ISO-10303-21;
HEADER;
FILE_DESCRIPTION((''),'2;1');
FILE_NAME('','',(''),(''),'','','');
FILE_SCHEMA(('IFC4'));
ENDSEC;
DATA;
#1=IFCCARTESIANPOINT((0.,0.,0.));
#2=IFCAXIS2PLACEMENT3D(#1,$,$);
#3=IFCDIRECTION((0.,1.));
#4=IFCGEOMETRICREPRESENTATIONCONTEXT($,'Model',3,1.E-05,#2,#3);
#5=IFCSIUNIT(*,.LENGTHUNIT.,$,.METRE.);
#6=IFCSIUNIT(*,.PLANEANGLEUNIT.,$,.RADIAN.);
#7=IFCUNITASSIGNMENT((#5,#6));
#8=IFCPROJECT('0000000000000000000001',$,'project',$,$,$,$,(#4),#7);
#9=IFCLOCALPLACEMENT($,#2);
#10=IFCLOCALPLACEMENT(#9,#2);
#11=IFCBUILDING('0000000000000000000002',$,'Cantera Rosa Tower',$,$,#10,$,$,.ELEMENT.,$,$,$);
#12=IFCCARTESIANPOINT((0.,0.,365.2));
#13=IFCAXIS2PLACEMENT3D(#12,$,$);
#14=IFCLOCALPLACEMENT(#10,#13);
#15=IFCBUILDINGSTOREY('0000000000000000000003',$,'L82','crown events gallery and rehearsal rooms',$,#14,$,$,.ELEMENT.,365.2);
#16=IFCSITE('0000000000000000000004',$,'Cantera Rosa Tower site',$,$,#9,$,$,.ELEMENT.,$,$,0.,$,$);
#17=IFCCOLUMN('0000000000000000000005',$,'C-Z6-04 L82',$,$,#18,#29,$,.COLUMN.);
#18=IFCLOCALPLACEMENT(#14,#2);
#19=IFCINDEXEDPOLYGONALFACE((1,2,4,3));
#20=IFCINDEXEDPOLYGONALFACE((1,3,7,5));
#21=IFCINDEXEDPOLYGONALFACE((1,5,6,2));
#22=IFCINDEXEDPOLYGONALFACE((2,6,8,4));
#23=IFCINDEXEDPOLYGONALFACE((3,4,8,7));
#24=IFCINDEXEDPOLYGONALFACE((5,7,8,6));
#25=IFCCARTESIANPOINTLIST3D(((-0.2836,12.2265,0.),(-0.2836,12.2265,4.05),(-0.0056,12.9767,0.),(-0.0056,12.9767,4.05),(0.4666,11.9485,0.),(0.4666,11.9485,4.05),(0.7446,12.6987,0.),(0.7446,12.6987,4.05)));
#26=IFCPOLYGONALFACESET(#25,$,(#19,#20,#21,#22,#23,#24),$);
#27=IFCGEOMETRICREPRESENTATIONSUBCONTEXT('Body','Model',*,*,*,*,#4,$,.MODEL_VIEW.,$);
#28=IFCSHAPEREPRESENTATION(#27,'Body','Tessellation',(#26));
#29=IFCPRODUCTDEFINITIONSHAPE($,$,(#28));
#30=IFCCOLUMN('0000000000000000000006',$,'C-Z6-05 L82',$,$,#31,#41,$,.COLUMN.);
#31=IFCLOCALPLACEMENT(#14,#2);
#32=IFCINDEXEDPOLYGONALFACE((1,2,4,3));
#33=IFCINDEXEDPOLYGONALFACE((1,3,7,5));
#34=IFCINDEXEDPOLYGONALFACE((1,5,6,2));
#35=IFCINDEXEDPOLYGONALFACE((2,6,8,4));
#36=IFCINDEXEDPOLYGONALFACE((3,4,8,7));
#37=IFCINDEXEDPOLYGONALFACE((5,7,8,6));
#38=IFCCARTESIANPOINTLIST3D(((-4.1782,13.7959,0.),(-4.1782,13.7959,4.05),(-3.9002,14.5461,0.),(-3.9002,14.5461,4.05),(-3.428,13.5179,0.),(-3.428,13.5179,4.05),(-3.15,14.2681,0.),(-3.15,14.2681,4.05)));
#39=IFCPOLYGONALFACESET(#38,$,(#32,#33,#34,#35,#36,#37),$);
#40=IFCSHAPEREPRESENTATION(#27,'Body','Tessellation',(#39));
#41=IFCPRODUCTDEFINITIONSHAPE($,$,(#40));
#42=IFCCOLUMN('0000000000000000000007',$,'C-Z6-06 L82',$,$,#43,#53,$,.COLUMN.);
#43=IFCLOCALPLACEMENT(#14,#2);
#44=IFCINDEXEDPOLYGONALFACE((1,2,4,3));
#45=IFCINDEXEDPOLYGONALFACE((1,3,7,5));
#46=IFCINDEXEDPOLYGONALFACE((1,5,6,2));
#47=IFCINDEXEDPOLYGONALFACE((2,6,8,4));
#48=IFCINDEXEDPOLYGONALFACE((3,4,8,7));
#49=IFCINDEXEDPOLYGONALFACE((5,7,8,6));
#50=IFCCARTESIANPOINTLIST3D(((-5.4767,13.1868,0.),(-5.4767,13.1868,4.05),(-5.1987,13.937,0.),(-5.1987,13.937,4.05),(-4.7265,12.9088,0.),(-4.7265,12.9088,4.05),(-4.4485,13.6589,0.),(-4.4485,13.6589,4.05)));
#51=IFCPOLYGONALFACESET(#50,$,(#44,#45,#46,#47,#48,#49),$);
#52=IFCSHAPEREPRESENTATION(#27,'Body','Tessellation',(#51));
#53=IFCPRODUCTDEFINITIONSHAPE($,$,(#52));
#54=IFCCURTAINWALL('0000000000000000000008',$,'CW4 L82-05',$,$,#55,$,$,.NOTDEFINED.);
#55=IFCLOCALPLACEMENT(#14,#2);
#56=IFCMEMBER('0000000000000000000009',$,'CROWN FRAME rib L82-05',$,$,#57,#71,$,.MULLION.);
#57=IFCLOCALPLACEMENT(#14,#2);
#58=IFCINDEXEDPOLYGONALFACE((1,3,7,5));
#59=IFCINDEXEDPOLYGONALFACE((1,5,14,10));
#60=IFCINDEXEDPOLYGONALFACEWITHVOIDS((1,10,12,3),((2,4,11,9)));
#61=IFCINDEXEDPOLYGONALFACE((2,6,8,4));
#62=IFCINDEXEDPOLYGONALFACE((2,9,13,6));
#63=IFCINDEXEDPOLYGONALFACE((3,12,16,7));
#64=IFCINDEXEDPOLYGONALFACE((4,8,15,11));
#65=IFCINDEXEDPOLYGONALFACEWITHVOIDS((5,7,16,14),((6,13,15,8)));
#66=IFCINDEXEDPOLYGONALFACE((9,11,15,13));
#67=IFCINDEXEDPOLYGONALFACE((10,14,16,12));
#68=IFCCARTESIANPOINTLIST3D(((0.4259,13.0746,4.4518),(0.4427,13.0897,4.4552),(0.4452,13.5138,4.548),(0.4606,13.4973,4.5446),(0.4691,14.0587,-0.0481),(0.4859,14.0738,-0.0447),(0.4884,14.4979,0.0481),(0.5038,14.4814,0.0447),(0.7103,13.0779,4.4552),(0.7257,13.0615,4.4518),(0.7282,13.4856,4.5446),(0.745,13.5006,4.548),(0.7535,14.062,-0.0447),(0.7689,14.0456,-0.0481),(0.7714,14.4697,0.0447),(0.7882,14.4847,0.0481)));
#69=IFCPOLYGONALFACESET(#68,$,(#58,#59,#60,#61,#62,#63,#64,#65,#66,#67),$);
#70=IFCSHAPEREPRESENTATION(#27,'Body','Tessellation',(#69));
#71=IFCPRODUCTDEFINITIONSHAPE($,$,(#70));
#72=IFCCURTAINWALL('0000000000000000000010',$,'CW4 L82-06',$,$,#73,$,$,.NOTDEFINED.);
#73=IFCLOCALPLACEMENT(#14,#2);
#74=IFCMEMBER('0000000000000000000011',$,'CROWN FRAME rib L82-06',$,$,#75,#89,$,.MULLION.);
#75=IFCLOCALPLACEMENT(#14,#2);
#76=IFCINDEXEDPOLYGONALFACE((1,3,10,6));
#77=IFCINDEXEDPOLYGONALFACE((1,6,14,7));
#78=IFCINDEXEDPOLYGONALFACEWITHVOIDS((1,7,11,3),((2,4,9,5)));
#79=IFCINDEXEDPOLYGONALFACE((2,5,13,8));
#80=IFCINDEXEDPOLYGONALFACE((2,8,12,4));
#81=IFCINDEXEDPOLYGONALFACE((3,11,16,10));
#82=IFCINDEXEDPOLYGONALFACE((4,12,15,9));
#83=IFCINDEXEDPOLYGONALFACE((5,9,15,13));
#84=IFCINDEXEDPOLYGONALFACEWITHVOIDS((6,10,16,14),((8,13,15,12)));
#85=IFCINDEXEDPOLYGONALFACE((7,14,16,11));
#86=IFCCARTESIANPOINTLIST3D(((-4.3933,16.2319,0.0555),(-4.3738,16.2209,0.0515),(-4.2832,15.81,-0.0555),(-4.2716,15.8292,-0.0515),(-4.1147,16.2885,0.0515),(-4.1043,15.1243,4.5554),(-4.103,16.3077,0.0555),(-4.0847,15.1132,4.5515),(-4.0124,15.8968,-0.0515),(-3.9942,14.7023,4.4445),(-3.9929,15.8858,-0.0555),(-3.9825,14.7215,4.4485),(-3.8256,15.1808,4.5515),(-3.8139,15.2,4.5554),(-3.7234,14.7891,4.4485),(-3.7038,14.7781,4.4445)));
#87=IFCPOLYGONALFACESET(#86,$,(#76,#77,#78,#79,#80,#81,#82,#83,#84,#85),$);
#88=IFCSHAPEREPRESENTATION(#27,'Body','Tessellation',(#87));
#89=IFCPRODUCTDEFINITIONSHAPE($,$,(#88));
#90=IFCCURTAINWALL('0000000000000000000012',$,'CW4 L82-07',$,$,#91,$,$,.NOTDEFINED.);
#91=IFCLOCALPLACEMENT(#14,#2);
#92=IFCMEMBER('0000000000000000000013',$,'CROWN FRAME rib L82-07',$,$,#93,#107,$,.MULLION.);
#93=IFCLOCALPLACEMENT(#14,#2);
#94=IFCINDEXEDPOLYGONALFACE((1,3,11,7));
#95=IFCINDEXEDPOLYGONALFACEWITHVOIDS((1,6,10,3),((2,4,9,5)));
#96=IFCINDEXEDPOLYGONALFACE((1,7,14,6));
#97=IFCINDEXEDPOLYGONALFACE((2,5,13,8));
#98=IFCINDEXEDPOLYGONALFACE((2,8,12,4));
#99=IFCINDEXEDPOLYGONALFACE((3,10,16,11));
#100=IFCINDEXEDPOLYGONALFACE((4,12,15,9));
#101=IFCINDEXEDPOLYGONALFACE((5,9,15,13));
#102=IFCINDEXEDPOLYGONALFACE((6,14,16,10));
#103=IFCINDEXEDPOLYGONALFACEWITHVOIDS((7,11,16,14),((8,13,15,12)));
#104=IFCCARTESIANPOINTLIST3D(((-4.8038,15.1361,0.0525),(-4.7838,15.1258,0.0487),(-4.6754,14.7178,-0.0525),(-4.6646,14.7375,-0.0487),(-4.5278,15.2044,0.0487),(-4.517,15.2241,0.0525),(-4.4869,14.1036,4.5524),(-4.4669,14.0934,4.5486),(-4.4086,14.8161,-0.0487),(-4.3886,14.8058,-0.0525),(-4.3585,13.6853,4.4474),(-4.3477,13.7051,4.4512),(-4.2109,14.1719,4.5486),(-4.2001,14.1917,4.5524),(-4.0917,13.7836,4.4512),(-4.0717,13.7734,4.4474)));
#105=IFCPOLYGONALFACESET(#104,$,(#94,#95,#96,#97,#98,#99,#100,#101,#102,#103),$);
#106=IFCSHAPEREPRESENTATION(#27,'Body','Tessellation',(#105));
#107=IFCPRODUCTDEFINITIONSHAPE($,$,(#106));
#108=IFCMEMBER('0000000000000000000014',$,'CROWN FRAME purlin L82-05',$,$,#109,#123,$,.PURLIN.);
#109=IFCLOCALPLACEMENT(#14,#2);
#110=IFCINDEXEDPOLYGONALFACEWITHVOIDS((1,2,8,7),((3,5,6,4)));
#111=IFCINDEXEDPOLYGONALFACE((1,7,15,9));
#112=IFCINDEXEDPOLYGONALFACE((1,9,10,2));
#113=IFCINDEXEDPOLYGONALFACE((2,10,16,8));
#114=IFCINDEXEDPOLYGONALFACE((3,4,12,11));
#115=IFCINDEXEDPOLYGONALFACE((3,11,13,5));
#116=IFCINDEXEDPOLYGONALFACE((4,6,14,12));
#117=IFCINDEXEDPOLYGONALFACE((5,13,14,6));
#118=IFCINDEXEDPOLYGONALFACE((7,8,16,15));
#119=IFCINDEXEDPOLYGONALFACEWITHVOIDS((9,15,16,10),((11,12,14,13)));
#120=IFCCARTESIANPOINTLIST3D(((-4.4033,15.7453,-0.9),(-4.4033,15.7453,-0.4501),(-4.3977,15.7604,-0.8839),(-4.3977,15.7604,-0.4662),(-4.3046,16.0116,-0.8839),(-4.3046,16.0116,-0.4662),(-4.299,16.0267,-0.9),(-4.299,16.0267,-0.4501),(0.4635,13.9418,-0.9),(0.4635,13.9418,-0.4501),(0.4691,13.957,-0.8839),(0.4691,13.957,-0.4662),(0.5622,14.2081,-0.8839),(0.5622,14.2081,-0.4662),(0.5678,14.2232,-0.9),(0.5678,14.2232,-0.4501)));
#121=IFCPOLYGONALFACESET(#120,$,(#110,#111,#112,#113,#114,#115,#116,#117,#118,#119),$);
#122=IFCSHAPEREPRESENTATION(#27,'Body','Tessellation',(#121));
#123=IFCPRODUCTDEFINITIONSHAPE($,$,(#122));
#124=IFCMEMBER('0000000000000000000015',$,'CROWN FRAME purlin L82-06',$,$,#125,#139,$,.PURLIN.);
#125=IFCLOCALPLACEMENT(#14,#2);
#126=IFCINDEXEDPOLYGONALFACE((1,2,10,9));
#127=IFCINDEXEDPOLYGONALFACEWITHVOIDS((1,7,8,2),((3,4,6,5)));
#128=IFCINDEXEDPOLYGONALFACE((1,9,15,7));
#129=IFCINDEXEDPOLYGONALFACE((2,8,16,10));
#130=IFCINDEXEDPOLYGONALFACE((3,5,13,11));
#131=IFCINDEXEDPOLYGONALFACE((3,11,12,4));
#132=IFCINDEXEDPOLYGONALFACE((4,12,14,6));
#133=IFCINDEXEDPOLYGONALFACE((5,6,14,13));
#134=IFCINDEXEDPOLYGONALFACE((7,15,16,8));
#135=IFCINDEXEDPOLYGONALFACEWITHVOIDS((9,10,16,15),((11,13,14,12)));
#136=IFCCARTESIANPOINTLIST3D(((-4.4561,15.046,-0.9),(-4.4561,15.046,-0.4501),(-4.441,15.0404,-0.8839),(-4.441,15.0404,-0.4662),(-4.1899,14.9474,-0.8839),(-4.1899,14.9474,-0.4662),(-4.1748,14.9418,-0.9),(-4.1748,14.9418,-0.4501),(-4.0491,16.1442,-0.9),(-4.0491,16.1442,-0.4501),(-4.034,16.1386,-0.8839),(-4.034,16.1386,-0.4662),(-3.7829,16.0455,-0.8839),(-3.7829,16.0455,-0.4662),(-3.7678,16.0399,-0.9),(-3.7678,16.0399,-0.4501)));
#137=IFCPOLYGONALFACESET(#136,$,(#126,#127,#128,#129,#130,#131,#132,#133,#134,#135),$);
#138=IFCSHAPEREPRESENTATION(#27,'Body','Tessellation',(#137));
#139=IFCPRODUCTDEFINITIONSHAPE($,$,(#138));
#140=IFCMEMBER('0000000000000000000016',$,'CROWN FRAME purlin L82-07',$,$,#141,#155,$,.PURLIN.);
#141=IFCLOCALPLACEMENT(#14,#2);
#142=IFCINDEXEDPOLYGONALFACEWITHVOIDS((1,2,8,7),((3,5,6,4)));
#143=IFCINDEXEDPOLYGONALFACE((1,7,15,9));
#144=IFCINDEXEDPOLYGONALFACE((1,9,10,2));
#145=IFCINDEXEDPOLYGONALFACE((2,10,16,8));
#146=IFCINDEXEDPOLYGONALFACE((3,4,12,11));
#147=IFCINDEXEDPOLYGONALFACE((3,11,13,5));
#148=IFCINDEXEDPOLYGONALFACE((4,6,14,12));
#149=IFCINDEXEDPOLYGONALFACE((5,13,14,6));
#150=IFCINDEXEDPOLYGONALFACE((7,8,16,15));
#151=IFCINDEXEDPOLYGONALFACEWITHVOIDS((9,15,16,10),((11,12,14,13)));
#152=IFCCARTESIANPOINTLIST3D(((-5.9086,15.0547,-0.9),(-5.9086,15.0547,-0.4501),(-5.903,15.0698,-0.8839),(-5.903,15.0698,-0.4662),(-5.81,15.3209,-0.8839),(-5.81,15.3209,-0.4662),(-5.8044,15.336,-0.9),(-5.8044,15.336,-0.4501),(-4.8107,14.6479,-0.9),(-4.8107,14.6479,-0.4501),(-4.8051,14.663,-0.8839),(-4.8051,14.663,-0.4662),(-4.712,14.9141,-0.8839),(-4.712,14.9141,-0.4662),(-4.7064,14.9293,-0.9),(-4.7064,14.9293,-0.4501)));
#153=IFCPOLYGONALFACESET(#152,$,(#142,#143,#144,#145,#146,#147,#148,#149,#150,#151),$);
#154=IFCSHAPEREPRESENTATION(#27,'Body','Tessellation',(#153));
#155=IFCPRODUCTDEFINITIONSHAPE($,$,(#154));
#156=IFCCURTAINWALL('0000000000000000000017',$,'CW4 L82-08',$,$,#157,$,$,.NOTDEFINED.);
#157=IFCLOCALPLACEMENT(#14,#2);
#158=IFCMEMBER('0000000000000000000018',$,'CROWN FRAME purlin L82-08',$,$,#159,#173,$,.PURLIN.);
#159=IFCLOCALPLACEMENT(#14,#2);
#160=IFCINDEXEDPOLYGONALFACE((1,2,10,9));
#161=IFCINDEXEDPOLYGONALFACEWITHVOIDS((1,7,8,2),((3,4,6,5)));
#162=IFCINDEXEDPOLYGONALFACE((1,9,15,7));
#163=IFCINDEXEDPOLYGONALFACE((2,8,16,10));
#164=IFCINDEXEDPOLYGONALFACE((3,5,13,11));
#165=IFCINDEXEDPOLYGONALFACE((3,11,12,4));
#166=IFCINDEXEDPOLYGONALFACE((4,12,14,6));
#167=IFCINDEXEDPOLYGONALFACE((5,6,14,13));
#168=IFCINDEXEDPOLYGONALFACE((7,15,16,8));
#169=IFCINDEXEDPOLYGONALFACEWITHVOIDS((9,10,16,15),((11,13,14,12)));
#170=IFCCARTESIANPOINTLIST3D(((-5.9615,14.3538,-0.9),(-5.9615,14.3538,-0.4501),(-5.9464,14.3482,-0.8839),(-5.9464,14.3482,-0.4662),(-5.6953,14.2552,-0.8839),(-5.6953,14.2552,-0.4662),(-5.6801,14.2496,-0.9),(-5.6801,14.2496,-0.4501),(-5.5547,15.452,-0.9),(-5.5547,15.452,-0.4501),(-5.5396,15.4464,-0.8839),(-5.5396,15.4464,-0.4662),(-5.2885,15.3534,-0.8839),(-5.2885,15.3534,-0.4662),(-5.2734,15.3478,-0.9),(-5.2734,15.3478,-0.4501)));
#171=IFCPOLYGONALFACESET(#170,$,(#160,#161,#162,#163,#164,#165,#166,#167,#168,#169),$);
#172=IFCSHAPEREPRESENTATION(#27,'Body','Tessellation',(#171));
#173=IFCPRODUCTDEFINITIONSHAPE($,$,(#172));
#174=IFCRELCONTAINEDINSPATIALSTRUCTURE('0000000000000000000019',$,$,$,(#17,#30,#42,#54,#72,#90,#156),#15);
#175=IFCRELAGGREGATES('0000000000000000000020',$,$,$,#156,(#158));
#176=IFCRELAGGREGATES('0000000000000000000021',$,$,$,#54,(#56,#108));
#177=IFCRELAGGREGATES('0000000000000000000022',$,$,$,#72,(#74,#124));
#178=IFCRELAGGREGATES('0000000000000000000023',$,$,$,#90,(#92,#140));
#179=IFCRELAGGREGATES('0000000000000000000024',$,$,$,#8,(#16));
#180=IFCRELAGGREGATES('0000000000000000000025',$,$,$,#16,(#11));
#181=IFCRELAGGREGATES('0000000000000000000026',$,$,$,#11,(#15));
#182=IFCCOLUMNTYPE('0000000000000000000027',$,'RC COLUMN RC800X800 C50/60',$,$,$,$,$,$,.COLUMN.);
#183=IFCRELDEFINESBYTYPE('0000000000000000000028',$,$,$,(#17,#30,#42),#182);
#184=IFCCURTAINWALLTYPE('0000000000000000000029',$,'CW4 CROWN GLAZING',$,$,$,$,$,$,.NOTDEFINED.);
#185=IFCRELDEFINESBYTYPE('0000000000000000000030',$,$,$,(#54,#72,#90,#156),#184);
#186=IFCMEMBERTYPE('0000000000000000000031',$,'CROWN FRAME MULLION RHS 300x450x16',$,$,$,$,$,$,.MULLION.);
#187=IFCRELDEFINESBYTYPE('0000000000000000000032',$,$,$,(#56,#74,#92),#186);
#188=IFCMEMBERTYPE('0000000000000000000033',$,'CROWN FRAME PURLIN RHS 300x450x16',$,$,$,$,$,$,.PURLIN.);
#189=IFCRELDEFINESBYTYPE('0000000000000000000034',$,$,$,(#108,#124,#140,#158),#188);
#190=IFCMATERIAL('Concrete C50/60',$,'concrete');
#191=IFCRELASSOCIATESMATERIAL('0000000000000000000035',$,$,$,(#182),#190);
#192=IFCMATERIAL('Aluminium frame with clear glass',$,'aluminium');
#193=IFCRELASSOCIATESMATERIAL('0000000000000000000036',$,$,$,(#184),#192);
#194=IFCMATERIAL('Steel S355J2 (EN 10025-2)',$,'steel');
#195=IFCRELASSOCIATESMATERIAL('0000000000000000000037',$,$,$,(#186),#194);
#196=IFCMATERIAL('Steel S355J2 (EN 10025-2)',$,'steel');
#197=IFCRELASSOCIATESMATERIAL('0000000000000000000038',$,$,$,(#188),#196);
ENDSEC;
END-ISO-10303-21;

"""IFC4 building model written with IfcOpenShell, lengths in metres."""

from ifc_helpers import new_model, si_unit, direction, frame, origin, origin_2d, place, context, subcontext, project, spatial, rectangle, hollow_rectangle, extrude, material, material_profile, profile_set, type_object, element, aggregate, save


model = new_model("IFC4")

# Units and contexts
model_context = context("Model", 3, precision=1e-05, world=origin(), true_north=direction((0.0, 1.0)))
body_context = subcontext(model_context, "Body", "Model", "MODEL_VIEW")
ifc_project = project(units=[si_unit("LENGTHUNIT", "METRE"), si_unit("PLANEANGLEUNIT", "RADIAN")], contexts=[model_context])

# Site, building, storey
site_placement = place(None, origin())
site = spatial("IfcSite", under=ifc_project, at=site_placement, Name="Cantera Rosa Tower site", CompositionType="ELEMENT", RefElevation=0.0)
building_placement = place(site_placement, origin())
building = spatial("IfcBuilding", under=site, at=building_placement, Name="Cantera Rosa Tower", CompositionType="ELEMENT")
storey_placement = place(building_placement, frame((0.0, 0.0, 365.2)))
storey = spatial("IfcBuildingStorey", under=building, at=storey_placement, Name="L82", Description="crown events gallery and rehearsal rooms", CompositionType="ELEMENT", Elevation=365.2)

# Columns
ifc_material_1 = material(Name="Concrete C50/60", Category="concrete")
ifc_material_profile_1 = material_profile(ifc_material_1, rectangle(XDim=0.8, YDim=0.8, at=origin_2d()), Name="RC COLUMN RC800X800 C50/60")
ifc_profile_set_1 = profile_set([ifc_material_profile_1], Name="Concrete C50/60")
column_type = type_object("IfcColumnType", Name="RC COLUMN RC800X800 C50/60", PredefinedType="COLUMN", material=ifc_profile_set_1)
for number, where, z_axis, x_axis, name in (
    (1, (0.2305, 12.4626, 0.0), (0.0, 0.0, 1.0), (0.347481, 0.937687, 0.0), "C-Z6-04 L82"),
    (2, (-3.6641, 14.032, 0.0), (0.0, 0.0, 1.0), (0.347481, 0.937687, 0.0), "C-Z6-05 L82"),
    (3, (-4.9626, 13.4229, 0.0), (0.0, 0.0, 1.0), (0.347481, 0.937687, 0.0), "C-Z6-06 L82"),
):
    element("IfcColumn", number, at=place(storey_placement, frame(where, z_axis=z_axis, x_axis=x_axis)), inside=storey, type_object=column_type, Name=name, PredefinedType="COLUMN", context=body_context, shape_type="SweptSolid", body=[
        extrude(rectangle(XDim=0.8, YDim=0.8, at=origin_2d()), origin(), (0.0, 0.0, 1.0), 4.05),
    ])

# Curtain walls, members
ifc_material_2 = material(Name="Aluminium frame with clear glass", Category="aluminium")
curtain_wall_type = type_object("IfcCurtainWallType", Name="CW4 CROWN GLAZING", PredefinedType="NOTDEFINED", material=ifc_material_2)
curtain_wall_1_placement = place(storey_placement, origin())
curtain_wall_1 = element("IfcCurtainWall", 4, at=curtain_wall_1_placement, inside=storey, type_object=curtain_wall_type, Name="CW4 L82-05", PredefinedType="NOTDEFINED")
ifc_material_3 = material(Name="Steel S355J2 (EN 10025-2)", Category="steel")
ifc_material_profile_2 = material_profile(ifc_material_3, hollow_rectangle(XDim=0.3, YDim=0.45, WallThickness=0.0161, at=origin_2d()), Name="CROWN FRAME MULLION RHS 300x450x16")
ifc_profile_set_2 = profile_set([ifc_material_profile_2], Name="Steel S355J2 (EN 10025-2)")
member_type_1 = type_object("IfcMemberType", Name="CROWN FRAME MULLION RHS 300x450x16", PredefinedType="MULLION", material=ifc_profile_set_2)
member_1_placement = place(storey_placement, frame((0.6287, 14.2717, 0.0), z_axis=(-0.009381, -0.213637, 0.976868), x_axis=(0.999037, -0.043867, 0.0)))
member_1 = element("IfcMember", 5, at=member_1_placement, type_object=member_type_1, Name="CROWN FRAME rib L82-05", PredefinedType="MULLION", context=body_context, shape_type="SweptSolid", body=[
    extrude(hollow_rectangle(XDim=0.3, YDim=0.45, WallThickness=0.0161, at=origin_2d()), origin(), (0.0, 0.0, 1.0), 4.6064),
])
curtain_wall_2_placement = place(storey_placement, origin())
curtain_wall_2 = element("IfcCurtainWall", 6, at=curtain_wall_2_placement, inside=storey, type_object=curtain_wall_type, Name="CW4 L82-06", PredefinedType="NOTDEFINED")
member_2_placement = place(storey_placement, frame((-4.1931, 16.0588, 0.0), z_axis=(0.062253, -0.23855, 0.969133), x_axis=(0.967595, 0.252509, 0.0)))
member_2 = element("IfcMember", 7, at=member_2_placement, type_object=member_type_1, Name="CROWN FRAME rib L82-06", PredefinedType="MULLION", context=body_context, shape_type="SweptSolid", body=[
    extrude(hollow_rectangle(XDim=0.3, YDim=0.45, WallThickness=0.0161, at=origin_2d()), origin(), (0.0, 0.0, 1.0), 4.6433),
])
curtain_wall_3_placement = place(storey_placement, origin())
curtain_wall_3 = element("IfcCurtainWall", 8, at=curtain_wall_3_placement, inside=storey, type_object=curtain_wall_type, Name="CW4 L82-07", PredefinedType="NOTDEFINED")
member_3_placement = place(storey_placement, frame((-4.5962, 14.9709, 0.0), z_axis=(0.068476, -0.223102, 0.972387), x_axis=(0.955984, 0.293419, 0.0)))
member_3 = element("IfcMember", 9, at=member_3_placement, type_object=member_type_1, Name="CROWN FRAME rib L82-07", PredefinedType="MULLION", context=body_context, shape_type="SweptSolid", body=[
    extrude(hollow_rectangle(XDim=0.3, YDim=0.45, WallThickness=0.0161, at=origin_2d()), origin(), (0.0, 0.0, 1.0), 4.6277),
])

# Members
ifc_material_4 = material(Name="Steel S355J2 (EN 10025-2)", Category="steel")
ifc_material_profile_3 = material_profile(ifc_material_4, hollow_rectangle(XDim=0.3, YDim=0.45, WallThickness=0.0161, at=origin_2d()), Name="CROWN FRAME PURLIN RHS 300x450x16")
ifc_profile_set_3 = profile_set([ifc_material_profile_3], Name="Steel S355J2 (EN 10025-2)")
member_type_2 = type_object("IfcMemberType", Name="CROWN FRAME PURLIN RHS 300x450x16", PredefinedType="PURLIN", material=ifc_profile_set_3)
member_4_placement = place(storey_placement, frame((0.5156, 14.0825, -0.675), z_axis=(-0.937687, 0.347481, 0.0), x_axis=(-0.347481, -0.937687, 0.0)))
member_4 = element("IfcMember", 10, at=member_4_placement, type_object=member_type_2, Name="CROWN FRAME purlin L82-05", PredefinedType="PURLIN", context=body_context, shape_type="SweptSolid", body=[
    extrude(hollow_rectangle(XDim=0.3, YDim=0.45, WallThickness=0.0161, at=origin_2d()), origin(), (0.0, 0.0, 1.0), 5.1902),
])
member_5_placement = place(storey_placement, frame((-3.9084, 16.092, -0.675), z_axis=(-0.347511, -0.937676, 0.0), x_axis=(0.937676, -0.347511, 0.0)))
member_5 = element("IfcMember", 11, at=member_5_placement, type_object=member_type_2, Name="CROWN FRAME purlin L82-06", PredefinedType="PURLIN", context=body_context, shape_type="SweptSolid", body=[
    extrude(hollow_rectangle(XDim=0.3, YDim=0.45, WallThickness=0.0161, at=origin_2d()), origin(), (0.0, 0.0, 1.0), 1.1711),
])
member_6_placement = place(storey_placement, frame((-4.7585, 14.7886, -0.675), z_axis=(-0.937719, 0.347396, 0.0), x_axis=(-0.347396, -0.937719, 0.0)))
member_6 = element("IfcMember", 12, at=member_6_placement, type_object=member_type_2, Name="CROWN FRAME purlin L82-07", PredefinedType="PURLIN", context=body_context, shape_type="SweptSolid", body=[
    extrude(hollow_rectangle(XDim=0.3, YDim=0.45, WallThickness=0.0161, at=origin_2d()), origin(), (0.0, 0.0, 1.0), 1.1709),
])

# Curtain wall, member
curtain_wall_4_placement = place(storey_placement, origin())
curtain_wall_4 = element("IfcCurtainWall", 13, at=curtain_wall_4_placement, inside=storey, type_object=curtain_wall_type, Name="CW4 L82-08", PredefinedType="NOTDEFINED")
member_7_placement = place(storey_placement, frame((-5.4141, 15.3999, -0.675), z_axis=(-0.347328, -0.937744, 0.0), x_axis=(0.937744, -0.347328, 0.0)))
member_7 = element("IfcMember", 14, at=member_7_placement, type_object=member_type_2, Name="CROWN FRAME purlin L82-08", PredefinedType="PURLIN", context=body_context, shape_type="SweptSolid", body=[
    extrude(hollow_rectangle(XDim=0.3, YDim=0.45, WallThickness=0.0161, at=origin_2d()), origin(), (0.0, 0.0, 1.0), 1.1711),
])
aggregate(curtain_wall_4, [member_7])

aggregate(curtain_wall_1, [member_1, member_4])
aggregate(curtain_wall_2, [member_2, member_5])
aggregate(curtain_wall_3, [member_3, member_6])

save(model, "model.ifc")
